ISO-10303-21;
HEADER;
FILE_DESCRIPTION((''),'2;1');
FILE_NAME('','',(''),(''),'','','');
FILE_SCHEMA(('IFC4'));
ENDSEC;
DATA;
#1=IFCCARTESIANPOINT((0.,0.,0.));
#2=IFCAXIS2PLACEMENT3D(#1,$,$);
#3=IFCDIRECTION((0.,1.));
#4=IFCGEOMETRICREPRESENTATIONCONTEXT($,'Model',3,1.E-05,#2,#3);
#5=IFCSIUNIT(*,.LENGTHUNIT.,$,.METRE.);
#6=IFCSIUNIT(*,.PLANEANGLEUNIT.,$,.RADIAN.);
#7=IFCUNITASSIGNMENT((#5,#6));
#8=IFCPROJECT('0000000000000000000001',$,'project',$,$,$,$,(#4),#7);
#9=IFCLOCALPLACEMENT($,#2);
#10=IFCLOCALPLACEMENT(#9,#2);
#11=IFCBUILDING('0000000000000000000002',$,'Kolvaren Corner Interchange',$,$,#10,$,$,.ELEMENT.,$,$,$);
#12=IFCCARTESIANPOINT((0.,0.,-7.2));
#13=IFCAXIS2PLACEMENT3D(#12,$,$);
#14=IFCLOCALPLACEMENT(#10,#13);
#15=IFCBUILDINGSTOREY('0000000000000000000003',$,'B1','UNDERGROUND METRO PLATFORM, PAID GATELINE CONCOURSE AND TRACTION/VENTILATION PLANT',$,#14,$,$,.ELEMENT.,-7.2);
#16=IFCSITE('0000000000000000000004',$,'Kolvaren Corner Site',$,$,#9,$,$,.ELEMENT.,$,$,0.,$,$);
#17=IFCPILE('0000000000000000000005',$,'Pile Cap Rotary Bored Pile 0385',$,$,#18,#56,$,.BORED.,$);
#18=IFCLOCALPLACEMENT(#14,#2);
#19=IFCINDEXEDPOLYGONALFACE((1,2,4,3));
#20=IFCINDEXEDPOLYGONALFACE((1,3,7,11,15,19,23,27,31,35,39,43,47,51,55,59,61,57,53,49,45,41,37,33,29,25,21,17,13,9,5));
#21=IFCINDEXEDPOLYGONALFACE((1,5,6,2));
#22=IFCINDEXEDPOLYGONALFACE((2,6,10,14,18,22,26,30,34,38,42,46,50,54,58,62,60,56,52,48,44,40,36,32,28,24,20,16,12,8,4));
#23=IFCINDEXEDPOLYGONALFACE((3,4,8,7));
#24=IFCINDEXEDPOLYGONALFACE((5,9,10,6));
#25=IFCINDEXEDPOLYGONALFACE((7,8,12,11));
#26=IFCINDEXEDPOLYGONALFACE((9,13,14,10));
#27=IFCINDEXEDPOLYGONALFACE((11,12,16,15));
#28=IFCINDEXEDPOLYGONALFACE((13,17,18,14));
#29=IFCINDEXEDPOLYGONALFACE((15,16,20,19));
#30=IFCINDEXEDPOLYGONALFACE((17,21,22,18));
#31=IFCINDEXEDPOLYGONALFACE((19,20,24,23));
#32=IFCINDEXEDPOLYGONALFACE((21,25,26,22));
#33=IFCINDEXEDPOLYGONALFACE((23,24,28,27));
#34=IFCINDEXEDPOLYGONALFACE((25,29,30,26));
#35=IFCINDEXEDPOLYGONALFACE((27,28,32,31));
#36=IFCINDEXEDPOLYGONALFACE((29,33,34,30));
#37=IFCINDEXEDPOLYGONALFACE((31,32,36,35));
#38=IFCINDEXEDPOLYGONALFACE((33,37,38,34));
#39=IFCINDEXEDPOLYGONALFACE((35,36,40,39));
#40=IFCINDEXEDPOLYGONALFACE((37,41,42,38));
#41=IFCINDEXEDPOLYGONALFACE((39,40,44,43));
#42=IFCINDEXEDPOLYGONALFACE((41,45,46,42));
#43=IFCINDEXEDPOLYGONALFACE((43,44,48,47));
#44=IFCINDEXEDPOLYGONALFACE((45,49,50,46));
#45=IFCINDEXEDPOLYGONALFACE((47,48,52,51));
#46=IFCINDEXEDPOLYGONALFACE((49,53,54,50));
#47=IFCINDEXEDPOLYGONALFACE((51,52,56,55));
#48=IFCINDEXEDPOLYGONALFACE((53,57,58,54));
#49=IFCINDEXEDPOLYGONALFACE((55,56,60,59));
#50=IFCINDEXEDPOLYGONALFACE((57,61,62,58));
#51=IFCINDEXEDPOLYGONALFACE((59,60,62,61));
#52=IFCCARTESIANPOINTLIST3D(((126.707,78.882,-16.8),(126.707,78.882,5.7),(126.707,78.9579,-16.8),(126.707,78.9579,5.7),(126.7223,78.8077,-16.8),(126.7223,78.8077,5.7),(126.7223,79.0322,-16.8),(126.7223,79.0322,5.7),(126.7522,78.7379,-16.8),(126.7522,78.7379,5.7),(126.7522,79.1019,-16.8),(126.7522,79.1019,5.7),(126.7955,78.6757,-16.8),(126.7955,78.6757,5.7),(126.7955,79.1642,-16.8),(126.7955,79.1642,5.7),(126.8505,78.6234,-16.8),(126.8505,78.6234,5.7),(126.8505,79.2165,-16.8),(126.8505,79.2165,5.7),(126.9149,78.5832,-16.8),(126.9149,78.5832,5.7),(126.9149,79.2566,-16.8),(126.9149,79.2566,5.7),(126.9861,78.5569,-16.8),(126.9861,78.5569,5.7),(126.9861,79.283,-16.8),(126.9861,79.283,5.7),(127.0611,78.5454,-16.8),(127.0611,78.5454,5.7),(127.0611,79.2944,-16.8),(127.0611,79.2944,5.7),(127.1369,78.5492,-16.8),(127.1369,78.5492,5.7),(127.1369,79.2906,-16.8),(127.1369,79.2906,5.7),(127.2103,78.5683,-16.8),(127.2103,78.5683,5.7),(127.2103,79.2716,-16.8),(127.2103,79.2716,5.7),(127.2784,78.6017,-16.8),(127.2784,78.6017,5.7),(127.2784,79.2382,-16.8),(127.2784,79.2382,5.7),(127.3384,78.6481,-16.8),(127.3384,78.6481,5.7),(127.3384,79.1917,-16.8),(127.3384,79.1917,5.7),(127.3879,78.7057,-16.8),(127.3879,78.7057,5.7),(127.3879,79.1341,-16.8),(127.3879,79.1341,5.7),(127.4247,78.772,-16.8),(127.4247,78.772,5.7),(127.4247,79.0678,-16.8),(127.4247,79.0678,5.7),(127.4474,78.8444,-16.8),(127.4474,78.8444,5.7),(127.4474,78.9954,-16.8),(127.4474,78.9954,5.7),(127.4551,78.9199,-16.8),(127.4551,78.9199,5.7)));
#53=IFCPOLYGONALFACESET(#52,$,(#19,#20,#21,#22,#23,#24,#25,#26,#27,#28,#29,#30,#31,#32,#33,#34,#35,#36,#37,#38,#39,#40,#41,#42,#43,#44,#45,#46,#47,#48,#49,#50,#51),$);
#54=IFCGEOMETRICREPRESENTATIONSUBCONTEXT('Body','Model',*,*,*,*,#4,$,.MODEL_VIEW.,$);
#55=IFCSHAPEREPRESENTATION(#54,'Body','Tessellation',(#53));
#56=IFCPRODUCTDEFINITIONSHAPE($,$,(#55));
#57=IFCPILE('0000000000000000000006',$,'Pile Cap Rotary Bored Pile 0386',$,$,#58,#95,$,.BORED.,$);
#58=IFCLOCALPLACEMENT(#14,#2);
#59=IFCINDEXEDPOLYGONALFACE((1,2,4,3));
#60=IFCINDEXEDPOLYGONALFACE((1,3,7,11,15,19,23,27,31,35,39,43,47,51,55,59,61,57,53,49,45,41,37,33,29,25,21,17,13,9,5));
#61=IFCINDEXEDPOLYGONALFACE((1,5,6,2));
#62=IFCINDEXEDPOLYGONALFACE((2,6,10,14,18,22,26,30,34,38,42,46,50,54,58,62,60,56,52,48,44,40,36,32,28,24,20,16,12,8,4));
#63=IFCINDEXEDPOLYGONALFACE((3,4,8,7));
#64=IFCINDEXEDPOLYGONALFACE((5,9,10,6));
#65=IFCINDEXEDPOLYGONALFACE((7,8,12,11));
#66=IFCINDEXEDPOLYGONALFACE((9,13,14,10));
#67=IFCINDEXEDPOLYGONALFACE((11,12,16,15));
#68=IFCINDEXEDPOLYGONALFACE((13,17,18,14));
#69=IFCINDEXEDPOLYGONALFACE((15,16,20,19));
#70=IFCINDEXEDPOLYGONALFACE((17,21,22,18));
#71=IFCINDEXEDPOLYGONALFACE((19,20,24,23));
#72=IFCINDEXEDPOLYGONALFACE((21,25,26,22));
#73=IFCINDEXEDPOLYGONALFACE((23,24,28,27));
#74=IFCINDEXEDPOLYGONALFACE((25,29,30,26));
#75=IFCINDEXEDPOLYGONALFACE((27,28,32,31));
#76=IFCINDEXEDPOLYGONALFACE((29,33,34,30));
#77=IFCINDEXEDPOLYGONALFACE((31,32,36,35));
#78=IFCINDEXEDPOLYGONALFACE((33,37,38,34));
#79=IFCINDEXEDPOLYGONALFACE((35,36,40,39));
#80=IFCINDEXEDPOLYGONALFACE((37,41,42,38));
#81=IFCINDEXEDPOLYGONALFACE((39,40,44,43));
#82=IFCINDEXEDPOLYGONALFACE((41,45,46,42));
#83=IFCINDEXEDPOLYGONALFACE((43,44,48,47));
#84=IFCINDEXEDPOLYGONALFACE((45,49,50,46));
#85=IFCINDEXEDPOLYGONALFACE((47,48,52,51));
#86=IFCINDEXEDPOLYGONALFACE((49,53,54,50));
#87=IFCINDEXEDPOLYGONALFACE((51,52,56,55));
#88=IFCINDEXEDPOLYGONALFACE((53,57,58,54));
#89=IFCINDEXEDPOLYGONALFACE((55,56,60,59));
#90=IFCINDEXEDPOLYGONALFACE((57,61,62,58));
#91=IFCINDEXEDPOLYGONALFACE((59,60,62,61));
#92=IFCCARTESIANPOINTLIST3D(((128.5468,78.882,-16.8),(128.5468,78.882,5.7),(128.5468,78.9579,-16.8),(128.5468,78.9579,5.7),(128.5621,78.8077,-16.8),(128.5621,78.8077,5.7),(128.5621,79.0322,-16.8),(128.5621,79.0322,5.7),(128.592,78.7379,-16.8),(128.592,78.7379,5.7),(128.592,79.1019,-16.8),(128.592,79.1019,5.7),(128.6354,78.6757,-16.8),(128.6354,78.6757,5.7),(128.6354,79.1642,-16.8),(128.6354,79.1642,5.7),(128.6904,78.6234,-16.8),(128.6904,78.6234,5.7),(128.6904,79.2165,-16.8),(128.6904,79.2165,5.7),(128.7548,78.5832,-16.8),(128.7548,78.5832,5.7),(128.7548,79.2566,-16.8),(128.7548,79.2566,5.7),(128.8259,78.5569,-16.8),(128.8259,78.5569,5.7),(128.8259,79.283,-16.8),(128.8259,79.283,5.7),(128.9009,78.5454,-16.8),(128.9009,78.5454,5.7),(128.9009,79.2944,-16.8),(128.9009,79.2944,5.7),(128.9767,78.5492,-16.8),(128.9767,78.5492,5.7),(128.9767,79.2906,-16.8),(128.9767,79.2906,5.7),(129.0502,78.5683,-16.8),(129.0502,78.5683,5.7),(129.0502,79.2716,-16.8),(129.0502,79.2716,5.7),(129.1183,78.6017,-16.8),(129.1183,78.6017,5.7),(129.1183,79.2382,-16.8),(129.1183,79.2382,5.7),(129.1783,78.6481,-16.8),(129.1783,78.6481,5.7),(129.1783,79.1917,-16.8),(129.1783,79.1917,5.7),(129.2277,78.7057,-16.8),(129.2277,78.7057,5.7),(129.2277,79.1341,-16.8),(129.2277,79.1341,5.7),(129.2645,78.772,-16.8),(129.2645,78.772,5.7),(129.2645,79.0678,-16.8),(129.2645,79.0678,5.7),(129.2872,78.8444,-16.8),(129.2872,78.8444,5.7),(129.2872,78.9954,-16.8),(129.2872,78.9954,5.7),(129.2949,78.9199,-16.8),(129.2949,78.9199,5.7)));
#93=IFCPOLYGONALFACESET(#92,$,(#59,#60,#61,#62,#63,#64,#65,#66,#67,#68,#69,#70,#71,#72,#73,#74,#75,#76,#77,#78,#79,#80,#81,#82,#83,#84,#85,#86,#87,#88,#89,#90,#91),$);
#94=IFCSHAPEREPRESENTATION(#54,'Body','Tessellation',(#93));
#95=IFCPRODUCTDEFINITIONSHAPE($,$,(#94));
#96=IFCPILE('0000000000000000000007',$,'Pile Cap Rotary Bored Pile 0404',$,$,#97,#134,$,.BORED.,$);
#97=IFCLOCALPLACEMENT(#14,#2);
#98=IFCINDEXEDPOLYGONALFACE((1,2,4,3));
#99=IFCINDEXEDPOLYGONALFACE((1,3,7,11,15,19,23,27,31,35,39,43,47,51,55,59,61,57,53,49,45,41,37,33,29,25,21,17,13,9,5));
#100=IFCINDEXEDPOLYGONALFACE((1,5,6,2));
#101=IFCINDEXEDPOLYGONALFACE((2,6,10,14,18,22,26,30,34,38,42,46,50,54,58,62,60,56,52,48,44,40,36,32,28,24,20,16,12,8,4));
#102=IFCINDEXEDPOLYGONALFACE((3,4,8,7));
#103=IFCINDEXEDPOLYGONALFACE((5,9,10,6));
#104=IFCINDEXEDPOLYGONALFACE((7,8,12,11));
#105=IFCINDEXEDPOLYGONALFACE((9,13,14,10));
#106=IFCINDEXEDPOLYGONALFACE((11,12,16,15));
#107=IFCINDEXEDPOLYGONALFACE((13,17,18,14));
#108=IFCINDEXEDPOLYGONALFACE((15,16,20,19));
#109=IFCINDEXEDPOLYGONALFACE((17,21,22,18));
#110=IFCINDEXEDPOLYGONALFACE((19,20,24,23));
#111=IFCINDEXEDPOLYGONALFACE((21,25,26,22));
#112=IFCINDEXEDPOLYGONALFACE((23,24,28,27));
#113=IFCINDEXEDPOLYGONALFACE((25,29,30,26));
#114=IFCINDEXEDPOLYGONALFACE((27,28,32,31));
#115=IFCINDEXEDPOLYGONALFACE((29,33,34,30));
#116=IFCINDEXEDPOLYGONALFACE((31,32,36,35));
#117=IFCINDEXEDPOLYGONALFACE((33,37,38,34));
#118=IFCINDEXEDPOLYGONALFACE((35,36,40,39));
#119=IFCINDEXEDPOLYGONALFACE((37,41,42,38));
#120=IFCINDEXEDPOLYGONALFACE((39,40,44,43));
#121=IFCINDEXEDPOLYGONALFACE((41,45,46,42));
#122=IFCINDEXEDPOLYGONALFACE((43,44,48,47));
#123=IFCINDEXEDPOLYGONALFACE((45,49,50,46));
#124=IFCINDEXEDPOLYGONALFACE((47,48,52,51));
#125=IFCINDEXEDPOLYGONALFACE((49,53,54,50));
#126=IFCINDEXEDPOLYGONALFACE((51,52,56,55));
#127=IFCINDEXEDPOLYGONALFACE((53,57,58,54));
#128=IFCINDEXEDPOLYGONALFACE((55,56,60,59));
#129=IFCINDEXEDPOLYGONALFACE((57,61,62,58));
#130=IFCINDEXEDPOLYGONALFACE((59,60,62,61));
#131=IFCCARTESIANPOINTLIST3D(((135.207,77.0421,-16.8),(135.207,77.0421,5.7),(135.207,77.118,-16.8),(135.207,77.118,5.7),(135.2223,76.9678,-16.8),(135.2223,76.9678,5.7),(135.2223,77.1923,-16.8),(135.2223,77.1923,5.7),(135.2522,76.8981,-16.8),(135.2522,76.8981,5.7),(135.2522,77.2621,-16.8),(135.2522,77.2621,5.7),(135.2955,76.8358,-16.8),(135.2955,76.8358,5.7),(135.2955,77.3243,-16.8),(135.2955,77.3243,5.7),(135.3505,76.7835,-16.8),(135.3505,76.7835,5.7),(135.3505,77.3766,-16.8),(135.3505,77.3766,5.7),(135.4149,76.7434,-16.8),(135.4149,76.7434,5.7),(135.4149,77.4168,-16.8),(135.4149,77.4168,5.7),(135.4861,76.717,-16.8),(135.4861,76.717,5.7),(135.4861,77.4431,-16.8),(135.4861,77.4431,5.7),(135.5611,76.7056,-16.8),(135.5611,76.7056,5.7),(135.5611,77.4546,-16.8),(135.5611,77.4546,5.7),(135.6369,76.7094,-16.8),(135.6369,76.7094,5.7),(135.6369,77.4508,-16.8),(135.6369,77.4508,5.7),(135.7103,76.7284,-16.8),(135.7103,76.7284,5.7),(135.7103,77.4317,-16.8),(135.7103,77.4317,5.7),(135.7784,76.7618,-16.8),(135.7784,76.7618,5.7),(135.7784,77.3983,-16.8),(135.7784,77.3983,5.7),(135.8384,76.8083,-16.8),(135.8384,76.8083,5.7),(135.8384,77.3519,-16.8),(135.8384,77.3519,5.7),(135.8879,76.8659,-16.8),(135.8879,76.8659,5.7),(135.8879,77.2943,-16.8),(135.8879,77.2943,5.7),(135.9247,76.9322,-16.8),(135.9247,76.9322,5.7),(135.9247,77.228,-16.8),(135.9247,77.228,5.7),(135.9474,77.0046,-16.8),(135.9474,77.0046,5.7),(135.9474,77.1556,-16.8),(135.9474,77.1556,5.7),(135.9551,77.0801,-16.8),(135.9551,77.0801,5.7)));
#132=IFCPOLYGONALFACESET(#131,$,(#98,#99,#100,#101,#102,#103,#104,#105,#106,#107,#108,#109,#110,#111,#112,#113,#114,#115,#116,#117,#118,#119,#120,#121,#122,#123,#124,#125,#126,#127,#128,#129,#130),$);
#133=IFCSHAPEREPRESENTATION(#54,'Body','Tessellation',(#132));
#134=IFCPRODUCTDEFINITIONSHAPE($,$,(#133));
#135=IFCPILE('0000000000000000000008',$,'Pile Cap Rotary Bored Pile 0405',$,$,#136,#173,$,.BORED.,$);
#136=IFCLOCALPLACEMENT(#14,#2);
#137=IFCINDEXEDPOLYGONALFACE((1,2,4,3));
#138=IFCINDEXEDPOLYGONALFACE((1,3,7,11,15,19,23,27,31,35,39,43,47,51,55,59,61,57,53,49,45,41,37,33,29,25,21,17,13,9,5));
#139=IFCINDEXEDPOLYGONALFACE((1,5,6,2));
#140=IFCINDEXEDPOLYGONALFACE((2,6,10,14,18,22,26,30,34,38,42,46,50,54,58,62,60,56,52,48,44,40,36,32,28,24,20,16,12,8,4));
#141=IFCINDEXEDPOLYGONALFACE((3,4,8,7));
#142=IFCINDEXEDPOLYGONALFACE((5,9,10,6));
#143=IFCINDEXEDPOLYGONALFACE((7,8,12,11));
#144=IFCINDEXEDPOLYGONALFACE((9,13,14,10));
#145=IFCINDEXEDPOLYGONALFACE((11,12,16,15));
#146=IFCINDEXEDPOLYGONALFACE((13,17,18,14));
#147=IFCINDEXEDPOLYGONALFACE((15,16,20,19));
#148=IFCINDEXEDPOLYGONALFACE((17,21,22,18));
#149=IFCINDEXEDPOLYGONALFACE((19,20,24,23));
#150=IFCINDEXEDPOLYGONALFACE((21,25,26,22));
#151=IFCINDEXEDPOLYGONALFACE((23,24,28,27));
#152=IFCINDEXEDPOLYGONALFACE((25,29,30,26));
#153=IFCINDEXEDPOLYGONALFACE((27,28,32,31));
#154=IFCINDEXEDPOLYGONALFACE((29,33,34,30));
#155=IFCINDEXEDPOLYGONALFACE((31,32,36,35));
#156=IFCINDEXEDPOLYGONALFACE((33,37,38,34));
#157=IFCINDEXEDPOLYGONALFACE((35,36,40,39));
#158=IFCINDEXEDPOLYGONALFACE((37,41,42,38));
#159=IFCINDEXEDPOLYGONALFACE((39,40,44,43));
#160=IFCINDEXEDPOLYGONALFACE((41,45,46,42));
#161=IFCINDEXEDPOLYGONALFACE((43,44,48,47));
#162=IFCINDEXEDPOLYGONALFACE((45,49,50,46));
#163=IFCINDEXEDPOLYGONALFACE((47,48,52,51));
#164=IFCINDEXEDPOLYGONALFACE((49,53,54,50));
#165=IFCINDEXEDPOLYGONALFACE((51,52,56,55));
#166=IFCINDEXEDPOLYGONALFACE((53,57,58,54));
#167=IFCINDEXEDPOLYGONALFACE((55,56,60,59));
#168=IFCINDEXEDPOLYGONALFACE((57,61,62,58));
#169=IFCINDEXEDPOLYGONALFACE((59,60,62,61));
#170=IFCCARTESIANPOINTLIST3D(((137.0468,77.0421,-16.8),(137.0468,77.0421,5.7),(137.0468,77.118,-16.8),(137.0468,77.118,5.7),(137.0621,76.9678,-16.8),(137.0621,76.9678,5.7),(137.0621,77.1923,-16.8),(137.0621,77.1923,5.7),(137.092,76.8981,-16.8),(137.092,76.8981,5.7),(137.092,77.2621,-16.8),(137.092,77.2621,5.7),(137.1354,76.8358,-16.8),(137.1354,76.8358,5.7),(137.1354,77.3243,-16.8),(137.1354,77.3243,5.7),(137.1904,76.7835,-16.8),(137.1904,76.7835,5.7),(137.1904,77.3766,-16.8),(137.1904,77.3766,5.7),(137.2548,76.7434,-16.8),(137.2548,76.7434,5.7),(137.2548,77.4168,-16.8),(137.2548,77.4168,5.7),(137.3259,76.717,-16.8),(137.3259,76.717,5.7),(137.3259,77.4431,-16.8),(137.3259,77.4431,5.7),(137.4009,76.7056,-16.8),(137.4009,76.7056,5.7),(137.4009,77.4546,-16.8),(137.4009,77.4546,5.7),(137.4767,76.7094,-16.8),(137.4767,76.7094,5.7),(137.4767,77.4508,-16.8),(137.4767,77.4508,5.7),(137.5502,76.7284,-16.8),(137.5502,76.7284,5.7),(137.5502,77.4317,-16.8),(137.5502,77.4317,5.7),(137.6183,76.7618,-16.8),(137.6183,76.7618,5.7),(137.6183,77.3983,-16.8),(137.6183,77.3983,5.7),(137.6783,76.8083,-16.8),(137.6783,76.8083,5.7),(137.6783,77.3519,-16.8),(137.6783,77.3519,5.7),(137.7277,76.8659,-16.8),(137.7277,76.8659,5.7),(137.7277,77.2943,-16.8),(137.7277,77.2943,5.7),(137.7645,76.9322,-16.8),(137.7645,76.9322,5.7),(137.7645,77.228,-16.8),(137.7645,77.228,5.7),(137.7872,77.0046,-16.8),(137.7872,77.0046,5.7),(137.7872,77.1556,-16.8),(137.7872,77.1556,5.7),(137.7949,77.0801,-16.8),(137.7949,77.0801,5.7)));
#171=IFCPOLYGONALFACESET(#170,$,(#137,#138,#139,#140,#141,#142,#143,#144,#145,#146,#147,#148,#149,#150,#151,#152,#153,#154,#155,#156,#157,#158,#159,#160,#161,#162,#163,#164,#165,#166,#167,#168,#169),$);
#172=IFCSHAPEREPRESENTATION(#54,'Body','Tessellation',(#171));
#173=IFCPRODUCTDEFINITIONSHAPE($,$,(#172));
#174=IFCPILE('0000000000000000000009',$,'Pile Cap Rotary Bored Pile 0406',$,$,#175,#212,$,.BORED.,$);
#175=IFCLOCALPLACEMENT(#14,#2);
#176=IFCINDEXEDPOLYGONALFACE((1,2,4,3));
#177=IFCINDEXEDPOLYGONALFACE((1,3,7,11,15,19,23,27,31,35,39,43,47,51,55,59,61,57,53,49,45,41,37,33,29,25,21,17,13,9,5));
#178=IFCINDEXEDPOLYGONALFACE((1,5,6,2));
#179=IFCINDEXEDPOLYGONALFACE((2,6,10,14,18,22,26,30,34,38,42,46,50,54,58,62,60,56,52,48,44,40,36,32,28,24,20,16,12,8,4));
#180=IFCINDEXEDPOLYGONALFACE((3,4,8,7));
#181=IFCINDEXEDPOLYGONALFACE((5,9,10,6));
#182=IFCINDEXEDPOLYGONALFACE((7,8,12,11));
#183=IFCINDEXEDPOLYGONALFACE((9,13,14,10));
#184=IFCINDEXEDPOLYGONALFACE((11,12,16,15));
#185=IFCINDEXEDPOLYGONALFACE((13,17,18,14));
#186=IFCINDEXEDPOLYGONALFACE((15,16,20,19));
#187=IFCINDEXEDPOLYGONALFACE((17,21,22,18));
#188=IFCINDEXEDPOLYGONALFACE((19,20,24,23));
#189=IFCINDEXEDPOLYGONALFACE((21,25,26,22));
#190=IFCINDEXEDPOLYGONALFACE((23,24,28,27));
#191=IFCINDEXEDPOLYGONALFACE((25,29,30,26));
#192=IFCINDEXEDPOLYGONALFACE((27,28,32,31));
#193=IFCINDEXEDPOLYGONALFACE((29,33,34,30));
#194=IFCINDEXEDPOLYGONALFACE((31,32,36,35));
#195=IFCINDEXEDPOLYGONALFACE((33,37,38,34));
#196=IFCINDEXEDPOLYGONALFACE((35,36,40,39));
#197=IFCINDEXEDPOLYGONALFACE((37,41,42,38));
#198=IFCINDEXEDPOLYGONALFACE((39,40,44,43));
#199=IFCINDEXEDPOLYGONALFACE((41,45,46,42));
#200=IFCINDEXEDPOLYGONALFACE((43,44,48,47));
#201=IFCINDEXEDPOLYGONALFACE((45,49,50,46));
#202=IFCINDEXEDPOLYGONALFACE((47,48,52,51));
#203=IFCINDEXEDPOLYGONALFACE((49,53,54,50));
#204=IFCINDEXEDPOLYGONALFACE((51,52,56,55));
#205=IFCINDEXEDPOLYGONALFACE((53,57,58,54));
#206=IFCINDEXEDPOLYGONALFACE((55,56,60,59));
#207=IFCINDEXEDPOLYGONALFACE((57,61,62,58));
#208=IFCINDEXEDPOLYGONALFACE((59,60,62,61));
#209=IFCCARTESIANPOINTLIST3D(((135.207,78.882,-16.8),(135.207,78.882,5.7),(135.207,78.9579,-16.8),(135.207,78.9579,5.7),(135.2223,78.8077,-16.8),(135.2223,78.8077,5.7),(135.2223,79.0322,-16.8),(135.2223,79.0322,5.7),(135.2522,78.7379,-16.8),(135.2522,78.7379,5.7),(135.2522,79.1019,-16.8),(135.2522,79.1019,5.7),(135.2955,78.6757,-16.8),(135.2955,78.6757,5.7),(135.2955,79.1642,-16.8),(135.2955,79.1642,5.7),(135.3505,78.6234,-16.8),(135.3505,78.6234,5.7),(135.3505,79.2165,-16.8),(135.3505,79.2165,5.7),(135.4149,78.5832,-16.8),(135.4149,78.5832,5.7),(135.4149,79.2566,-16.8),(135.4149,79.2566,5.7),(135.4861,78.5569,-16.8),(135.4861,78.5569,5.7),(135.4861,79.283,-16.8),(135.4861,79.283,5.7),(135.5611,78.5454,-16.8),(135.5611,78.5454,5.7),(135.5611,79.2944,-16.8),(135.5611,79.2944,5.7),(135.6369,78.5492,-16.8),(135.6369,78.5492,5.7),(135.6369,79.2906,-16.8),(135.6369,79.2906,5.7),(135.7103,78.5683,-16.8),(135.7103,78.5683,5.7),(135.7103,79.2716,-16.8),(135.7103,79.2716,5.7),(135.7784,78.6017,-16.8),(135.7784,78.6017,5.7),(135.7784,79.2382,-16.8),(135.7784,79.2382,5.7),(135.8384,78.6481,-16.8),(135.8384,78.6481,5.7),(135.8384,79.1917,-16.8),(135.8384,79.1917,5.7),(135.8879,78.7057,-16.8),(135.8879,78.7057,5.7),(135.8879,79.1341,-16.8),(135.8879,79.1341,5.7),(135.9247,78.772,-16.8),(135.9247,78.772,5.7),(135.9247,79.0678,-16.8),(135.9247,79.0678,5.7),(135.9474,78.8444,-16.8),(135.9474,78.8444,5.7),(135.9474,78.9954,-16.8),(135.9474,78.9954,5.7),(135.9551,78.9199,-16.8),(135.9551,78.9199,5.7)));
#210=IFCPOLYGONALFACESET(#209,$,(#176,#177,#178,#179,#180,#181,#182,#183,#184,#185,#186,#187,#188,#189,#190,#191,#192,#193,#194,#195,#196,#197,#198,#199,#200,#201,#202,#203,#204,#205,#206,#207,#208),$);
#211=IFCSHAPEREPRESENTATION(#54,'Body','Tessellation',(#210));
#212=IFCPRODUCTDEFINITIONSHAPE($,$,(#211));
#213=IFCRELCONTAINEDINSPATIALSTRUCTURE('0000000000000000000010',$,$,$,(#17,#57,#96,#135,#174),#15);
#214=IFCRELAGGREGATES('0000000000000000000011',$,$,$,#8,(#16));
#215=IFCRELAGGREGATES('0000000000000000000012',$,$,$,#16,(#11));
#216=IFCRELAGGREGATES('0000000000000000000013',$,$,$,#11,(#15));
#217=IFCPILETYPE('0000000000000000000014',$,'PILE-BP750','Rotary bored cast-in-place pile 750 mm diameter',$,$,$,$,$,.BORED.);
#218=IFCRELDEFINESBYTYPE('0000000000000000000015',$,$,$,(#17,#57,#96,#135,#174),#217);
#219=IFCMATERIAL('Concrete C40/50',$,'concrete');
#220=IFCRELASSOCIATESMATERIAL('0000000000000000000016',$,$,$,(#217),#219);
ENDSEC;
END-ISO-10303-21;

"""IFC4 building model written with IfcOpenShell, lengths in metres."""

from ifc_helpers import new_model, si_unit, direction, frame, origin, origin_2d, place, context, subcontext, project, spatial, circle, extrude, material, material_profile, profile_set, type_object, element, save


model = new_model("IFC4")

# Units and contexts
model_context = context("Model", 3, precision=1e-05, world=origin(), true_north=direction((0.0, 1.0)))
body_context = subcontext(model_context, "Body", "Model", "MODEL_VIEW")
ifc_project = project(units=[si_unit("LENGTHUNIT", "METRE"), si_unit("PLANEANGLEUNIT", "RADIAN")], contexts=[model_context])

# Site, building, storey
site_placement = place(None, origin())
site = spatial("IfcSite", under=ifc_project, at=site_placement, Name="Kolvaren Corner Site", CompositionType="ELEMENT", RefElevation=0.0)
building_placement = place(site_placement, origin())
building = spatial("IfcBuilding", under=site, at=building_placement, Name="Kolvaren Corner Interchange", CompositionType="ELEMENT")
storey_placement = place(building_placement, frame((0.0, 0.0, -7.2)))
storey = spatial("IfcBuildingStorey", under=building, at=storey_placement, Name="B1", Description="UNDERGROUND METRO PLATFORM, PAID GATELINE CONCOURSE AND TRACTION/VENTILATION PLANT", CompositionType="ELEMENT", Elevation=-7.2)

# Piles
ifc_material_1 = material(Name="Concrete C40/50", Category="concrete")
ifc_material_profile_1 = material_profile(ifc_material_1, circle(Radius=0.375, at=origin_2d()), Name="BORED PILE 750")
ifc_profile_set_1 = profile_set([ifc_material_profile_1], Name="Concrete C40/50")
pile_type_1 = type_object("IfcPileType", Name="PILE-BP750", Description="Rotary bored cast-in-place pile 750 mm diameter", PredefinedType="BORED", material=ifc_profile_set_1)
for number, where, z_axis, x_axis, name in (
    (1, (127.0801, 78.9199, 5.7), (0.0, 0.0, -1.0), (1.0, 0.0, 0.0), "Pile Cap Rotary Bored Pile 0385"),
    (2, (128.9199, 78.9199, 5.7), (0.0, 0.0, -1.0), (1.0, 0.0, 0.0), "Pile Cap Rotary Bored Pile 0386"),
    (3, (135.5801, 77.0801, 5.7), (0.0, 0.0, -1.0), (1.0, 0.0, 0.0), "Pile Cap Rotary Bored Pile 0404"),
    (4, (137.4199, 77.0801, 5.7), (0.0, 0.0, -1.0), (1.0, 0.0, 0.0), "Pile Cap Rotary Bored Pile 0405"),
    (5, (135.5801, 78.9199, 5.7), (0.0, 0.0, -1.0), (1.0, 0.0, 0.0), "Pile Cap Rotary Bored Pile 0406"),
):
    element("IfcPile", number, at=place(storey_placement, frame(where, z_axis=z_axis, x_axis=x_axis)), inside=storey, type_object=pile_type_1, Name=name, PredefinedType="BORED", context=body_context, shape_type="SweptSolid", body=[
        extrude(circle(Radius=0.375, at=origin_2d()), origin(), (0.0, 0.0, 1.0), 22.5),
    ])

save(model, "model.ifc")
